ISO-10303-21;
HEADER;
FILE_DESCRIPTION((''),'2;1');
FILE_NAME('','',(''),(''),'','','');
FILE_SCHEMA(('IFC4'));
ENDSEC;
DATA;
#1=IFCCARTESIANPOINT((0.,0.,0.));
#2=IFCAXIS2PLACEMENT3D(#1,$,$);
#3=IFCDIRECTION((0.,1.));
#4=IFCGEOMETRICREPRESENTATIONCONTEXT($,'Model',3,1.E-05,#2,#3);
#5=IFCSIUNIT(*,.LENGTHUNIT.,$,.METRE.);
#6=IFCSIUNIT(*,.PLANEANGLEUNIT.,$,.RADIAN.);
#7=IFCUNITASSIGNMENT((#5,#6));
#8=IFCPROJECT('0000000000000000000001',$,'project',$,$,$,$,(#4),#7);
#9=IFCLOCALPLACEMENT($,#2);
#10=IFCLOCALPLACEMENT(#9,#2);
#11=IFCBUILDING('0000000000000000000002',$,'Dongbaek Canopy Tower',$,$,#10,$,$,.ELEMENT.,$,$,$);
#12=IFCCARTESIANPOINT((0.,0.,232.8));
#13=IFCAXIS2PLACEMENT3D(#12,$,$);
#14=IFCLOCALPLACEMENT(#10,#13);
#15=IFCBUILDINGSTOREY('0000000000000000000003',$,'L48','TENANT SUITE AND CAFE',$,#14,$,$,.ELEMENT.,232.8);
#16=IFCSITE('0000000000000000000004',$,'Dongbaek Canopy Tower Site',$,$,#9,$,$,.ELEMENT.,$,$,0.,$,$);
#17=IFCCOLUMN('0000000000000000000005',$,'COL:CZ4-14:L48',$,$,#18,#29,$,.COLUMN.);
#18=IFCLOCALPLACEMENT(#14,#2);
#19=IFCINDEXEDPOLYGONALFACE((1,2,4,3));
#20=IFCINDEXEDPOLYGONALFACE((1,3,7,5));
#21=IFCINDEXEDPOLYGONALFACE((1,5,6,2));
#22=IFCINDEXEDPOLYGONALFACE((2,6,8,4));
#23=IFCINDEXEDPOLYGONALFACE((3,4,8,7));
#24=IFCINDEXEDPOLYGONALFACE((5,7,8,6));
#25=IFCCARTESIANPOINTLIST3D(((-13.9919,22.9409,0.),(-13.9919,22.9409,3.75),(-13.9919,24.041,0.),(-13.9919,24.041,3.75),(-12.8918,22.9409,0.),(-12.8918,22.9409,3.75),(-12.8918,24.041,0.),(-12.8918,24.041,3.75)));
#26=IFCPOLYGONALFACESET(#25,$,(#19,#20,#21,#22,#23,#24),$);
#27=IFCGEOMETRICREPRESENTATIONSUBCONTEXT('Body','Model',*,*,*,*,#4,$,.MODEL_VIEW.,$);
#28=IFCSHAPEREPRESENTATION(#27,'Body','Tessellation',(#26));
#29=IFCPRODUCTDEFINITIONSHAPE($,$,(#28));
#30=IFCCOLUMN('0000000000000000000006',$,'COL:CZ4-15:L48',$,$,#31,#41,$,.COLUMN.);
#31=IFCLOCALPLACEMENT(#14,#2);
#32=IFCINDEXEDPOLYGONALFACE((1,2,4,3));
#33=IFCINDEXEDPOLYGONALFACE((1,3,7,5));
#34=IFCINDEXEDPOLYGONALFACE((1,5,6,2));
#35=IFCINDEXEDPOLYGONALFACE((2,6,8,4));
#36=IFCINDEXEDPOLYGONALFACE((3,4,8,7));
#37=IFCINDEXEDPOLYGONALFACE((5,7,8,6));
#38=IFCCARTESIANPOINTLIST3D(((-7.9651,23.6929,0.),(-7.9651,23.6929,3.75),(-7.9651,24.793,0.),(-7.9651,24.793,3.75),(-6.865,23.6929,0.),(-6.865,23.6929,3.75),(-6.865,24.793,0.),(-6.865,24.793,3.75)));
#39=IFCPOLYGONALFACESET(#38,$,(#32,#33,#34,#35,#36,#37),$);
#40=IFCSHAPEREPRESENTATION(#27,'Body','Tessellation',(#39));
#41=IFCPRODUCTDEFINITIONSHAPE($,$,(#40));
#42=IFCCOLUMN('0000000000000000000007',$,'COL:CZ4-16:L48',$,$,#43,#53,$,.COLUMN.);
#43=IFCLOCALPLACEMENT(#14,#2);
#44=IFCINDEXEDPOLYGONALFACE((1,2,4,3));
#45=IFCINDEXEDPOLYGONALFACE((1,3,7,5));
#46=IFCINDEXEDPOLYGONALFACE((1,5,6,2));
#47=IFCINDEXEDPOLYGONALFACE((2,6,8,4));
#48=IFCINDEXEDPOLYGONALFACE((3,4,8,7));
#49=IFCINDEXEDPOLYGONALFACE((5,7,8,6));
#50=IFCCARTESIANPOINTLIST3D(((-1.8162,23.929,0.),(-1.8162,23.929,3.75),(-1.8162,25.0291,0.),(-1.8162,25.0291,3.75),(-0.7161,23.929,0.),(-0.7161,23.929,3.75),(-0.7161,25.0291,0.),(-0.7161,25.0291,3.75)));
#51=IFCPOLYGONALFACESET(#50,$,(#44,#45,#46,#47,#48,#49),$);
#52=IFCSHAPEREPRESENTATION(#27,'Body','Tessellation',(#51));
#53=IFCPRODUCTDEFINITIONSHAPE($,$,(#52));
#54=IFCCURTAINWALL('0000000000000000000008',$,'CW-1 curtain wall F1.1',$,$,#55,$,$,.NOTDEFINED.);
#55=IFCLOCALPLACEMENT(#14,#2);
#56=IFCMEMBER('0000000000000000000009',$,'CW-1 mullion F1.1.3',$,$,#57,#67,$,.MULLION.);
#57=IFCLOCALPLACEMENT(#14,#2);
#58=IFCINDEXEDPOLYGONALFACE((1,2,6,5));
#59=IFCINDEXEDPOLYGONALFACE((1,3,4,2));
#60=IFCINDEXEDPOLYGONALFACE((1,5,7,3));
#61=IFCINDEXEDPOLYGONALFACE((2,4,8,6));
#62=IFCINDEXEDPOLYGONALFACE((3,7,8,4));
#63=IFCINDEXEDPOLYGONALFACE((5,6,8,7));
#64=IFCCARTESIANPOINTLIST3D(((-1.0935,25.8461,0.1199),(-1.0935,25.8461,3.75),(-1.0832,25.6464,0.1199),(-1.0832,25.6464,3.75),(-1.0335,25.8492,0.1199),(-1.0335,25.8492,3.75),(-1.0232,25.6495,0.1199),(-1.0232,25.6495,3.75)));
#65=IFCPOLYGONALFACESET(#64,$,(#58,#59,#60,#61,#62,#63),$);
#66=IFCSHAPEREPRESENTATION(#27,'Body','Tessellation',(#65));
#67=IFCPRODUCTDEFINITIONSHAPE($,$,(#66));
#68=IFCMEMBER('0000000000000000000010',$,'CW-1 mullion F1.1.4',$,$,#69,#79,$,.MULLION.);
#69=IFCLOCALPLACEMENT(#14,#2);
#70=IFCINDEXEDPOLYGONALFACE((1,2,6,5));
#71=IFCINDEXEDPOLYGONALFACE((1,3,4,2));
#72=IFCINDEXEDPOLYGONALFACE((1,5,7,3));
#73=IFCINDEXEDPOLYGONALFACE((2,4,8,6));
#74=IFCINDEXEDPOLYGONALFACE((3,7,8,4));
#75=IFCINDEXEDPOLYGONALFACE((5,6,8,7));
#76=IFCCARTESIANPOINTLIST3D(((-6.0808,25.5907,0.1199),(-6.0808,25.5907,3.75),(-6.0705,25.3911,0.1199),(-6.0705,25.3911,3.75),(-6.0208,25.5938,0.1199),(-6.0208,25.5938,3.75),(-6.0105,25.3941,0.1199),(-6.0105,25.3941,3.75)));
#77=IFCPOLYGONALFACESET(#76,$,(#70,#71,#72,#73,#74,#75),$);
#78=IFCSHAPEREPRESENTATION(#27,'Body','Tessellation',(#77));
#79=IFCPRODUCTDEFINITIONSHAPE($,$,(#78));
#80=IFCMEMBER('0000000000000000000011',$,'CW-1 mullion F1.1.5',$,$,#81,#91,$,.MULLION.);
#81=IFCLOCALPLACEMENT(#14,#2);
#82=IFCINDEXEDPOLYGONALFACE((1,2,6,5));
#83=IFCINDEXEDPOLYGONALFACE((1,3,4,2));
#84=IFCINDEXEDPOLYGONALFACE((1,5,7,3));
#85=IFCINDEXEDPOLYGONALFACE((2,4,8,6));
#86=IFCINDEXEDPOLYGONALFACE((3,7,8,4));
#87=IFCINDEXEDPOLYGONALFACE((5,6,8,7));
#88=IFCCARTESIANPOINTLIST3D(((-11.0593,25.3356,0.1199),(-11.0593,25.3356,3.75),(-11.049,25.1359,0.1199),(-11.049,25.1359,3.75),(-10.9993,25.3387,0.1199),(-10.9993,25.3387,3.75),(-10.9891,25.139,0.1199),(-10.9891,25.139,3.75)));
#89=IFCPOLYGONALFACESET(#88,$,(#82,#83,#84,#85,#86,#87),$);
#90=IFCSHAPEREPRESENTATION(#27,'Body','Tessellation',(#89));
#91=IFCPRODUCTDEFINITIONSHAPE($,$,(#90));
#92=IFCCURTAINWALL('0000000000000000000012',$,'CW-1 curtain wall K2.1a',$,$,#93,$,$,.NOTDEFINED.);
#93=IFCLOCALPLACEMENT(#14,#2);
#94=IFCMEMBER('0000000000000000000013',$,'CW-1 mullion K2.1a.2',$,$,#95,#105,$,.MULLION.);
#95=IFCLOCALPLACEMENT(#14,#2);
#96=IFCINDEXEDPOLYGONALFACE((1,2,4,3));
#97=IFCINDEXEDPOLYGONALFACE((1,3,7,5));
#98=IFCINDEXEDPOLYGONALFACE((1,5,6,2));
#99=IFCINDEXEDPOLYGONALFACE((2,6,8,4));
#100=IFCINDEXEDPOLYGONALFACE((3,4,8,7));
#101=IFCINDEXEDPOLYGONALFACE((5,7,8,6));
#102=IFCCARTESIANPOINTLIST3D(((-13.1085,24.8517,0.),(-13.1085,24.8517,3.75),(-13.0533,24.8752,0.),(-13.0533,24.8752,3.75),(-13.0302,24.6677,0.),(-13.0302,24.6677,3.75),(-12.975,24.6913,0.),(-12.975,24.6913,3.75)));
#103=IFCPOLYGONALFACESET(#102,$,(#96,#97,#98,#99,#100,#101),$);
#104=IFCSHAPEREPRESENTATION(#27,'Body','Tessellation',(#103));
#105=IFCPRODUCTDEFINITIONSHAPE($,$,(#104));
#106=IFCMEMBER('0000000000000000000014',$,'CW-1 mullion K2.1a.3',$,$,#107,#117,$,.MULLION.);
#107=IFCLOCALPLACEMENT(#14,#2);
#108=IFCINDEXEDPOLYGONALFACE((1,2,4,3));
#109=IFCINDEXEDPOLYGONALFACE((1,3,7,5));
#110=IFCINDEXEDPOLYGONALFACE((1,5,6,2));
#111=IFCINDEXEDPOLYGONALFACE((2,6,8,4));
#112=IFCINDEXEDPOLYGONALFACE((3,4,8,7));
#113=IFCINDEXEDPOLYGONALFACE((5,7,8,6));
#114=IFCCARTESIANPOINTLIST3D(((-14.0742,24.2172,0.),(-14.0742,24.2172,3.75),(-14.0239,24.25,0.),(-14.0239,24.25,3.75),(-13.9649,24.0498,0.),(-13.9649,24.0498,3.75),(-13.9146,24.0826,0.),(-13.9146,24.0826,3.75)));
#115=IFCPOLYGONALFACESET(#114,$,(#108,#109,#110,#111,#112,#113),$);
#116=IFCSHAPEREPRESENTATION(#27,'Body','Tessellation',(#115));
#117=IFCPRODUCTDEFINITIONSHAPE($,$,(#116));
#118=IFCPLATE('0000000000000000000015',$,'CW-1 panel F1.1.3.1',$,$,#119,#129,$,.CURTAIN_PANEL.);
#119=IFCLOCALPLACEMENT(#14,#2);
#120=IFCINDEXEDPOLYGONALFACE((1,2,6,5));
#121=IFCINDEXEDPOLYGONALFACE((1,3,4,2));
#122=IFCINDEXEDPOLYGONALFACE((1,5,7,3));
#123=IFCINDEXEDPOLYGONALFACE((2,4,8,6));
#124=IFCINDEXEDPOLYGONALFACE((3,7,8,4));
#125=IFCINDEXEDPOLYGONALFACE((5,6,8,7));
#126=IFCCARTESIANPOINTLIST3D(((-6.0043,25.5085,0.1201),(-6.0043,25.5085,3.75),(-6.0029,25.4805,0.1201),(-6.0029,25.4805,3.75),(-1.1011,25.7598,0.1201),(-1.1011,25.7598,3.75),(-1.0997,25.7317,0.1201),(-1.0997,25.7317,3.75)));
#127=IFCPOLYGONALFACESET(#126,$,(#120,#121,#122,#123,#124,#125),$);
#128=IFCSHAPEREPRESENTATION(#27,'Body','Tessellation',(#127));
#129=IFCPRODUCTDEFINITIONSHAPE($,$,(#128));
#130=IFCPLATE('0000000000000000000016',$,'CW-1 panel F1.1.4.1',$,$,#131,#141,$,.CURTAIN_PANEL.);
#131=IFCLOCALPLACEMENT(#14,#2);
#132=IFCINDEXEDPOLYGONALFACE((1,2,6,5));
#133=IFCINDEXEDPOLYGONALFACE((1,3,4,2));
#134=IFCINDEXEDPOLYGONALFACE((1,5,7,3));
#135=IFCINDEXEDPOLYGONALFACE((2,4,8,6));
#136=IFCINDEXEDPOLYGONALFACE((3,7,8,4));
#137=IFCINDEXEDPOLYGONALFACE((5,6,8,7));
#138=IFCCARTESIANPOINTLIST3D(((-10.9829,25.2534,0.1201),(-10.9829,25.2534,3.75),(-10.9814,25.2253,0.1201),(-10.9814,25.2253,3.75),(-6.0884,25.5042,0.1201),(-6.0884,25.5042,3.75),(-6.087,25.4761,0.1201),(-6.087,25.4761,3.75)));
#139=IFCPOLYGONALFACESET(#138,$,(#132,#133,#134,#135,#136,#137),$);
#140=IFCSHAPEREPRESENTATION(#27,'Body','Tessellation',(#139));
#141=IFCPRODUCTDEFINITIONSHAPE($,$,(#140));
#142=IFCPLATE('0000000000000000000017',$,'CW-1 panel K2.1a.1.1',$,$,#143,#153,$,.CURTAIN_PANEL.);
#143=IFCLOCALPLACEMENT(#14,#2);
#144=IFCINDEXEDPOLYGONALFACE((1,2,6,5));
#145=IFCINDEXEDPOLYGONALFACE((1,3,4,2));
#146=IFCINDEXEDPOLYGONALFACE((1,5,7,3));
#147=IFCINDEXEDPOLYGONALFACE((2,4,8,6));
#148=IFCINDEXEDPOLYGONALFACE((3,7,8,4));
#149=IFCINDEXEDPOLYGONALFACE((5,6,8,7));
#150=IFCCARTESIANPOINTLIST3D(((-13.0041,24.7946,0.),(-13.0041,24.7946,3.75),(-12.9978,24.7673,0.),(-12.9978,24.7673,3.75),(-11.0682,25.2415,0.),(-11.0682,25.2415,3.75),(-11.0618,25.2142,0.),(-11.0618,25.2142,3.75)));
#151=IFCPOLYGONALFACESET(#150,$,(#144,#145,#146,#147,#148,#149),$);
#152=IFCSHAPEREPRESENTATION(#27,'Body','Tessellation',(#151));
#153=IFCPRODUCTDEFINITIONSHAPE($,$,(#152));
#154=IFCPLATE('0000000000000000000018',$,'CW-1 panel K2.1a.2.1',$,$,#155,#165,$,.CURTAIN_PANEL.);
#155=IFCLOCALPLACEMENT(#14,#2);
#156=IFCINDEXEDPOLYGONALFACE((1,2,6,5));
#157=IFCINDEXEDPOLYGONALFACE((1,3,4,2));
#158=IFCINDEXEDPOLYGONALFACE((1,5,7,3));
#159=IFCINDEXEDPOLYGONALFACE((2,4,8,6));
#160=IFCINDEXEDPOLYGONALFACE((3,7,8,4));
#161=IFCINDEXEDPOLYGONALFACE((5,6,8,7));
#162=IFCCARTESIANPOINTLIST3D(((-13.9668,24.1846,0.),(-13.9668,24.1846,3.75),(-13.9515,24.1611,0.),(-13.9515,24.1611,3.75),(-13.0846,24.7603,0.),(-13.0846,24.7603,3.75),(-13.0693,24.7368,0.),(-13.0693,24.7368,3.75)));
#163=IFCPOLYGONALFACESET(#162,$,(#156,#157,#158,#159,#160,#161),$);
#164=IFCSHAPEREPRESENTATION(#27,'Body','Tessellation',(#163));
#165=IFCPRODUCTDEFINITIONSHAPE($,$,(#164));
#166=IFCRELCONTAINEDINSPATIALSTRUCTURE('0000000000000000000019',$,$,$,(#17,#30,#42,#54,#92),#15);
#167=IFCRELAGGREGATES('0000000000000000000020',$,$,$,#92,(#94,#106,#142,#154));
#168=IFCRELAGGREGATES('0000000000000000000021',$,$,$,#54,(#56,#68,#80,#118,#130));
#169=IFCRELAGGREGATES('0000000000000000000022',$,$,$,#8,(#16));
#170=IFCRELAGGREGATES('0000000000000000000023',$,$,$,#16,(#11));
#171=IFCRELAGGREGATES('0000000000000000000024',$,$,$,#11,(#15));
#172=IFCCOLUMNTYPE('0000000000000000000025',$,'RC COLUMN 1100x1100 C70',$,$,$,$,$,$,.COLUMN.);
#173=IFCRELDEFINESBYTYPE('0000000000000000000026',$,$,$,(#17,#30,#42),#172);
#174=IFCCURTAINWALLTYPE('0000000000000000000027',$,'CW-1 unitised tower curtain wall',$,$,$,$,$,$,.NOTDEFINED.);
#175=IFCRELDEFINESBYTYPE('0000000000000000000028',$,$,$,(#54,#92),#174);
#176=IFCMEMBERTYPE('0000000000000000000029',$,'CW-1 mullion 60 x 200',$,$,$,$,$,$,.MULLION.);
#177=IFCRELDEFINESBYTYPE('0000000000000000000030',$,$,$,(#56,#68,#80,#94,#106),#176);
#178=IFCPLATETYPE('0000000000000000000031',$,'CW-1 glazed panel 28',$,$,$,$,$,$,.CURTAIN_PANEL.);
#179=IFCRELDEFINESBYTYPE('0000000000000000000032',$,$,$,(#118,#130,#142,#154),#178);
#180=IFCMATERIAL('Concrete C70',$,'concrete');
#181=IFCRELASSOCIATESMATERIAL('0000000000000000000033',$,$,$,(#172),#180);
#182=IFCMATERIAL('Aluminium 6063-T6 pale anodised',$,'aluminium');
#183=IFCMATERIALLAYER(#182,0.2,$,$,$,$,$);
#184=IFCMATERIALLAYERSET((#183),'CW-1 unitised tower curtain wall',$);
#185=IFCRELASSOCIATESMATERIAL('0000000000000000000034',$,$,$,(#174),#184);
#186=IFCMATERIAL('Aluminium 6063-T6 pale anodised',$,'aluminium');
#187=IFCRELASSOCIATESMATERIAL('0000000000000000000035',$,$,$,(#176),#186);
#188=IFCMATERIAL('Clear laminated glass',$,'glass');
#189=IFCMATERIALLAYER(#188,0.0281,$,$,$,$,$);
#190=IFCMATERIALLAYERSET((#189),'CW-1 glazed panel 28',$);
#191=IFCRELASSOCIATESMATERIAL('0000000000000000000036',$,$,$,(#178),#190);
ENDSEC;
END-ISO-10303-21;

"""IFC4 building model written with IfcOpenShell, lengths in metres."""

from ifc_helpers import new_model, si_unit, direction, frame, origin, origin_2d, place, context, subcontext, project, spatial, rectangle, extrude, material, layer, layer_set, material_profile, profile_set, type_object, element, aggregate, save


model = new_model("IFC4")

# Units and contexts
model_context = context("Model", 3, precision=1e-05, world=origin(), true_north=direction((0.0, 1.0)))
body_context = subcontext(model_context, "Body", "Model", "MODEL_VIEW")
ifc_project = project(units=[si_unit("LENGTHUNIT", "METRE"), si_unit("PLANEANGLEUNIT", "RADIAN")], contexts=[model_context])

# Site, building, storey
site_placement = place(None, origin())
site = spatial("IfcSite", under=ifc_project, at=site_placement, Name="Dongbaek Canopy Tower Site", CompositionType="ELEMENT", RefElevation=0.0)
building_placement = place(site_placement, origin())
building = spatial("IfcBuilding", under=site, at=building_placement, Name="Dongbaek Canopy Tower", CompositionType="ELEMENT")
storey_placement = place(building_placement, frame((0.0, 0.0, 232.8)))
storey = spatial("IfcBuildingStorey", under=building, at=storey_placement, Name="L48", Description="TENANT SUITE AND CAFE", CompositionType="ELEMENT", Elevation=232.8)

# Columns
ifc_material_1 = material(Name="Concrete C70", Category="concrete")
ifc_material_profile_1 = material_profile(ifc_material_1, rectangle(XDim=1.1001, YDim=1.1001, at=origin_2d()), Name="RC COLUMN 1100x1100 C70")
ifc_profile_set_1 = profile_set([ifc_material_profile_1], Name="Concrete C70")
column_type = type_object("IfcColumnType", Name="RC COLUMN 1100x1100 C70", PredefinedType="COLUMN", material=ifc_profile_set_1)
for number, where, z_axis, x_axis, name in (
    (1, (-13.4419, 23.491, 0.0), (0.0, 0.0, 1.0), (1.0, 0.0, 0.0), "COL:CZ4-14:L48"),
    (2, (-7.415, 24.2429, 0.0), (0.0, 0.0, 1.0), (1.0, 0.0, 0.0), "COL:CZ4-15:L48"),
    (3, (-1.2661, 24.479, 0.0), (0.0, 0.0, 1.0), (1.0, 0.0, 0.0), "COL:CZ4-16:L48"),
):
    element("IfcColumn", number, at=place(storey_placement, frame(where, z_axis=z_axis, x_axis=x_axis)), inside=storey, type_object=column_type, Name=name, PredefinedType="COLUMN", context=body_context, shape_type="SweptSolid", body=[
        extrude(rectangle(XDim=1.1001, YDim=1.1001, at=origin_2d()), origin(), (0.0, 0.0, 1.0), 3.75),
    ])

# Curtain walls, members
ifc_material_2 = material(Name="Aluminium 6063-T6 pale anodised", Category="aluminium")
ifc_layer_1 = layer(ifc_material_2, 0.2)
ifc_layer_set_1 = layer_set([ifc_layer_1], Name="CW-1 unitised tower curtain wall")
curtain_wall_type = type_object("IfcCurtainWallType", Name="CW-1 unitised tower curtain wall", PredefinedType="NOTDEFINED", material=ifc_layer_set_1)
curtain_wall_1_placement = place(storey_placement, origin())
curtain_wall_1 = element("IfcCurtainWall", 4, at=curtain_wall_1_placement, inside=storey, type_object=curtain_wall_type, Name="CW-1 curtain wall F1.1", PredefinedType="NOTDEFINED")
ifc_material_3 = material(Name="Aluminium 6063-T6 pale anodised", Category="aluminium")
ifc_material_profile_2 = material_profile(ifc_material_3, rectangle(XDim=0.2, YDim=0.0601, at=origin_2d()), Name="CW-1 mullion 60 x 200")
ifc_profile_set_2 = profile_set([ifc_material_profile_2], Name="Aluminium 6063-T6 pale anodised")
member_type = type_object("IfcMemberType", Name="CW-1 mullion 60 x 200", PredefinedType="MULLION", material=ifc_profile_set_2)
member_1_placement = place(storey_placement, frame((-1.0583, 25.7478, 0.1199), z_axis=(0.0, 0.0, 1.0), x_axis=(-0.051171, 0.99869, 0.0)))
member_1 = element("IfcMember", 5, at=member_1_placement, type_object=member_type, Name="CW-1 mullion F1.1.3", PredefinedType="MULLION", context=body_context, shape_type="SweptSolid", body=[
    extrude(rectangle(XDim=0.2, YDim=0.0601, at=origin_2d()), origin(), (0.0, 0.0, 1.0), 3.6301),
])
member_2_placement = place(storey_placement, frame((-6.0457, 25.4924, 0.1199), z_axis=(0.0, 0.0, 1.0), x_axis=(-0.051171, 0.99869, 0.0)))
member_2 = element("IfcMember", 6, at=member_2_placement, type_object=member_type, Name="CW-1 mullion F1.1.4", PredefinedType="MULLION", context=body_context, shape_type="SweptSolid", body=[
    extrude(rectangle(XDim=0.2, YDim=0.0601, at=origin_2d()), origin(), (0.0, 0.0, 1.0), 3.6301),
])
member_3_placement = place(storey_placement, frame((-11.0242, 25.2373, 0.1199), z_axis=(0.0, 0.0, 1.0), x_axis=(-0.051171, 0.99869, 0.0)))
member_3 = element("IfcMember", 7, at=member_3_placement, type_object=member_type, Name="CW-1 mullion F1.1.5", PredefinedType="MULLION", context=body_context, shape_type="SweptSolid", body=[
    extrude(rectangle(XDim=0.2, YDim=0.0601, at=origin_2d()), origin(), (0.0, 0.0, 1.0), 3.6301),
])
curtain_wall_2_placement = place(storey_placement, origin())
curtain_wall_2 = element("IfcCurtainWall", 8, at=curtain_wall_2_placement, inside=storey, type_object=curtain_wall_type, Name="CW-1 curtain wall K2.1a", PredefinedType="NOTDEFINED")
member_4_placement = place(storey_placement, frame((-13.0417, 24.7715, 0.0), z_axis=(0.0, 0.0, 1.0), x_axis=(-0.391763, 0.920066, 0.0)))
member_4 = element("IfcMember", 9, at=member_4_placement, type_object=member_type, Name="CW-1 mullion K2.1a.2", PredefinedType="MULLION", context=body_context, shape_type="SweptSolid", body=[
    extrude(rectangle(XDim=0.2, YDim=0.0601, at=origin_2d()), origin(), (0.0, 0.0, 1.0), 3.75),
])
member_5_placement = place(storey_placement, frame((-13.9944, 24.1499, 0.0), z_axis=(0.0, 0.0, 1.0), x_axis=(-0.546537, 0.837435, 0.0)))
member_5 = element("IfcMember", 10, at=member_5_placement, type_object=member_type, Name="CW-1 mullion K2.1a.3", PredefinedType="MULLION", context=body_context, shape_type="SweptSolid", body=[
    extrude(rectangle(XDim=0.2, YDim=0.0601, at=origin_2d()), origin(), (0.0, 0.0, 1.0), 3.75),
])

# Plates
ifc_material_4 = material(Name="Clear laminated glass", Category="glass")
ifc_layer_2 = layer(ifc_material_4, 0.0281)
ifc_layer_set_2 = layer_set([ifc_layer_2], Name="CW-1 glazed panel 28")
plate_type = type_object("IfcPlateType", Name="CW-1 glazed panel 28", PredefinedType="CURTAIN_PANEL", material=ifc_layer_set_2)
plate_1_placement = place(storey_placement, frame((-3.552, 25.6201, 0.1201), z_axis=(0.0, 0.0, 1.0), x_axis=(-0.99869, -0.051171, 0.0)))
plate_1 = element("IfcPlate", 11, at=plate_1_placement, type_object=plate_type, Name="CW-1 panel F1.1.3.1", PredefinedType="CURTAIN_PANEL", context=body_context, shape_type="SweptSolid", body=[
    extrude(rectangle(XDim=4.9097, YDim=0.0281, at=origin_2d()), origin(), (0.0, 0.0, 1.0), 3.6299),
])
plate_2_placement = place(storey_placement, frame((-8.5349, 25.3647, 0.1201), z_axis=(0.0, 0.0, 1.0), x_axis=(-0.99869, -0.051171, 0.0)))
plate_2 = element("IfcPlate", 12, at=plate_2_placement, type_object=plate_type, Name="CW-1 panel F1.1.4.1", PredefinedType="CURTAIN_PANEL", context=body_context, shape_type="SweptSolid", body=[
    extrude(rectangle(XDim=4.9009, YDim=0.0281, at=origin_2d()), origin(), (0.0, 0.0, 1.0), 3.6299),
])
plate_3_placement = place(storey_placement, frame((-12.033, 25.0044, 0.0), z_axis=(0.0, 0.0, 1.0), x_axis=(-0.974375, -0.224929, 0.0)))
plate_3 = element("IfcPlate", 13, at=plate_3_placement, type_object=plate_type, Name="CW-1 panel K2.1a.1.1", PredefinedType="CURTAIN_PANEL", context=body_context, shape_type="SweptSolid", body=[
    extrude(rectangle(XDim=1.9868, YDim=0.0281, at=origin_2d()), origin(), (0.0, 0.0, 1.0), 3.75),
])
plate_4_placement = place(storey_placement, frame((-13.5181, 24.4607, 0.0), z_axis=(0.0, 0.0, 1.0), x_axis=(-0.837435, -0.546537, 0.0)))
plate_4 = element("IfcPlate", 14, at=plate_4_placement, type_object=plate_type, Name="CW-1 panel K2.1a.2.1", PredefinedType="CURTAIN_PANEL", context=body_context, shape_type="SweptSolid", body=[
    extrude(rectangle(XDim=1.0535, YDim=0.0281, at=origin_2d()), origin(), (0.0, 0.0, 1.0), 3.75),
])
aggregate(curtain_wall_2, [member_4, member_5, plate_3, plate_4])

aggregate(curtain_wall_1, [member_1, member_2, member_3, plate_1, plate_2])

save(model, "model.ifc")
